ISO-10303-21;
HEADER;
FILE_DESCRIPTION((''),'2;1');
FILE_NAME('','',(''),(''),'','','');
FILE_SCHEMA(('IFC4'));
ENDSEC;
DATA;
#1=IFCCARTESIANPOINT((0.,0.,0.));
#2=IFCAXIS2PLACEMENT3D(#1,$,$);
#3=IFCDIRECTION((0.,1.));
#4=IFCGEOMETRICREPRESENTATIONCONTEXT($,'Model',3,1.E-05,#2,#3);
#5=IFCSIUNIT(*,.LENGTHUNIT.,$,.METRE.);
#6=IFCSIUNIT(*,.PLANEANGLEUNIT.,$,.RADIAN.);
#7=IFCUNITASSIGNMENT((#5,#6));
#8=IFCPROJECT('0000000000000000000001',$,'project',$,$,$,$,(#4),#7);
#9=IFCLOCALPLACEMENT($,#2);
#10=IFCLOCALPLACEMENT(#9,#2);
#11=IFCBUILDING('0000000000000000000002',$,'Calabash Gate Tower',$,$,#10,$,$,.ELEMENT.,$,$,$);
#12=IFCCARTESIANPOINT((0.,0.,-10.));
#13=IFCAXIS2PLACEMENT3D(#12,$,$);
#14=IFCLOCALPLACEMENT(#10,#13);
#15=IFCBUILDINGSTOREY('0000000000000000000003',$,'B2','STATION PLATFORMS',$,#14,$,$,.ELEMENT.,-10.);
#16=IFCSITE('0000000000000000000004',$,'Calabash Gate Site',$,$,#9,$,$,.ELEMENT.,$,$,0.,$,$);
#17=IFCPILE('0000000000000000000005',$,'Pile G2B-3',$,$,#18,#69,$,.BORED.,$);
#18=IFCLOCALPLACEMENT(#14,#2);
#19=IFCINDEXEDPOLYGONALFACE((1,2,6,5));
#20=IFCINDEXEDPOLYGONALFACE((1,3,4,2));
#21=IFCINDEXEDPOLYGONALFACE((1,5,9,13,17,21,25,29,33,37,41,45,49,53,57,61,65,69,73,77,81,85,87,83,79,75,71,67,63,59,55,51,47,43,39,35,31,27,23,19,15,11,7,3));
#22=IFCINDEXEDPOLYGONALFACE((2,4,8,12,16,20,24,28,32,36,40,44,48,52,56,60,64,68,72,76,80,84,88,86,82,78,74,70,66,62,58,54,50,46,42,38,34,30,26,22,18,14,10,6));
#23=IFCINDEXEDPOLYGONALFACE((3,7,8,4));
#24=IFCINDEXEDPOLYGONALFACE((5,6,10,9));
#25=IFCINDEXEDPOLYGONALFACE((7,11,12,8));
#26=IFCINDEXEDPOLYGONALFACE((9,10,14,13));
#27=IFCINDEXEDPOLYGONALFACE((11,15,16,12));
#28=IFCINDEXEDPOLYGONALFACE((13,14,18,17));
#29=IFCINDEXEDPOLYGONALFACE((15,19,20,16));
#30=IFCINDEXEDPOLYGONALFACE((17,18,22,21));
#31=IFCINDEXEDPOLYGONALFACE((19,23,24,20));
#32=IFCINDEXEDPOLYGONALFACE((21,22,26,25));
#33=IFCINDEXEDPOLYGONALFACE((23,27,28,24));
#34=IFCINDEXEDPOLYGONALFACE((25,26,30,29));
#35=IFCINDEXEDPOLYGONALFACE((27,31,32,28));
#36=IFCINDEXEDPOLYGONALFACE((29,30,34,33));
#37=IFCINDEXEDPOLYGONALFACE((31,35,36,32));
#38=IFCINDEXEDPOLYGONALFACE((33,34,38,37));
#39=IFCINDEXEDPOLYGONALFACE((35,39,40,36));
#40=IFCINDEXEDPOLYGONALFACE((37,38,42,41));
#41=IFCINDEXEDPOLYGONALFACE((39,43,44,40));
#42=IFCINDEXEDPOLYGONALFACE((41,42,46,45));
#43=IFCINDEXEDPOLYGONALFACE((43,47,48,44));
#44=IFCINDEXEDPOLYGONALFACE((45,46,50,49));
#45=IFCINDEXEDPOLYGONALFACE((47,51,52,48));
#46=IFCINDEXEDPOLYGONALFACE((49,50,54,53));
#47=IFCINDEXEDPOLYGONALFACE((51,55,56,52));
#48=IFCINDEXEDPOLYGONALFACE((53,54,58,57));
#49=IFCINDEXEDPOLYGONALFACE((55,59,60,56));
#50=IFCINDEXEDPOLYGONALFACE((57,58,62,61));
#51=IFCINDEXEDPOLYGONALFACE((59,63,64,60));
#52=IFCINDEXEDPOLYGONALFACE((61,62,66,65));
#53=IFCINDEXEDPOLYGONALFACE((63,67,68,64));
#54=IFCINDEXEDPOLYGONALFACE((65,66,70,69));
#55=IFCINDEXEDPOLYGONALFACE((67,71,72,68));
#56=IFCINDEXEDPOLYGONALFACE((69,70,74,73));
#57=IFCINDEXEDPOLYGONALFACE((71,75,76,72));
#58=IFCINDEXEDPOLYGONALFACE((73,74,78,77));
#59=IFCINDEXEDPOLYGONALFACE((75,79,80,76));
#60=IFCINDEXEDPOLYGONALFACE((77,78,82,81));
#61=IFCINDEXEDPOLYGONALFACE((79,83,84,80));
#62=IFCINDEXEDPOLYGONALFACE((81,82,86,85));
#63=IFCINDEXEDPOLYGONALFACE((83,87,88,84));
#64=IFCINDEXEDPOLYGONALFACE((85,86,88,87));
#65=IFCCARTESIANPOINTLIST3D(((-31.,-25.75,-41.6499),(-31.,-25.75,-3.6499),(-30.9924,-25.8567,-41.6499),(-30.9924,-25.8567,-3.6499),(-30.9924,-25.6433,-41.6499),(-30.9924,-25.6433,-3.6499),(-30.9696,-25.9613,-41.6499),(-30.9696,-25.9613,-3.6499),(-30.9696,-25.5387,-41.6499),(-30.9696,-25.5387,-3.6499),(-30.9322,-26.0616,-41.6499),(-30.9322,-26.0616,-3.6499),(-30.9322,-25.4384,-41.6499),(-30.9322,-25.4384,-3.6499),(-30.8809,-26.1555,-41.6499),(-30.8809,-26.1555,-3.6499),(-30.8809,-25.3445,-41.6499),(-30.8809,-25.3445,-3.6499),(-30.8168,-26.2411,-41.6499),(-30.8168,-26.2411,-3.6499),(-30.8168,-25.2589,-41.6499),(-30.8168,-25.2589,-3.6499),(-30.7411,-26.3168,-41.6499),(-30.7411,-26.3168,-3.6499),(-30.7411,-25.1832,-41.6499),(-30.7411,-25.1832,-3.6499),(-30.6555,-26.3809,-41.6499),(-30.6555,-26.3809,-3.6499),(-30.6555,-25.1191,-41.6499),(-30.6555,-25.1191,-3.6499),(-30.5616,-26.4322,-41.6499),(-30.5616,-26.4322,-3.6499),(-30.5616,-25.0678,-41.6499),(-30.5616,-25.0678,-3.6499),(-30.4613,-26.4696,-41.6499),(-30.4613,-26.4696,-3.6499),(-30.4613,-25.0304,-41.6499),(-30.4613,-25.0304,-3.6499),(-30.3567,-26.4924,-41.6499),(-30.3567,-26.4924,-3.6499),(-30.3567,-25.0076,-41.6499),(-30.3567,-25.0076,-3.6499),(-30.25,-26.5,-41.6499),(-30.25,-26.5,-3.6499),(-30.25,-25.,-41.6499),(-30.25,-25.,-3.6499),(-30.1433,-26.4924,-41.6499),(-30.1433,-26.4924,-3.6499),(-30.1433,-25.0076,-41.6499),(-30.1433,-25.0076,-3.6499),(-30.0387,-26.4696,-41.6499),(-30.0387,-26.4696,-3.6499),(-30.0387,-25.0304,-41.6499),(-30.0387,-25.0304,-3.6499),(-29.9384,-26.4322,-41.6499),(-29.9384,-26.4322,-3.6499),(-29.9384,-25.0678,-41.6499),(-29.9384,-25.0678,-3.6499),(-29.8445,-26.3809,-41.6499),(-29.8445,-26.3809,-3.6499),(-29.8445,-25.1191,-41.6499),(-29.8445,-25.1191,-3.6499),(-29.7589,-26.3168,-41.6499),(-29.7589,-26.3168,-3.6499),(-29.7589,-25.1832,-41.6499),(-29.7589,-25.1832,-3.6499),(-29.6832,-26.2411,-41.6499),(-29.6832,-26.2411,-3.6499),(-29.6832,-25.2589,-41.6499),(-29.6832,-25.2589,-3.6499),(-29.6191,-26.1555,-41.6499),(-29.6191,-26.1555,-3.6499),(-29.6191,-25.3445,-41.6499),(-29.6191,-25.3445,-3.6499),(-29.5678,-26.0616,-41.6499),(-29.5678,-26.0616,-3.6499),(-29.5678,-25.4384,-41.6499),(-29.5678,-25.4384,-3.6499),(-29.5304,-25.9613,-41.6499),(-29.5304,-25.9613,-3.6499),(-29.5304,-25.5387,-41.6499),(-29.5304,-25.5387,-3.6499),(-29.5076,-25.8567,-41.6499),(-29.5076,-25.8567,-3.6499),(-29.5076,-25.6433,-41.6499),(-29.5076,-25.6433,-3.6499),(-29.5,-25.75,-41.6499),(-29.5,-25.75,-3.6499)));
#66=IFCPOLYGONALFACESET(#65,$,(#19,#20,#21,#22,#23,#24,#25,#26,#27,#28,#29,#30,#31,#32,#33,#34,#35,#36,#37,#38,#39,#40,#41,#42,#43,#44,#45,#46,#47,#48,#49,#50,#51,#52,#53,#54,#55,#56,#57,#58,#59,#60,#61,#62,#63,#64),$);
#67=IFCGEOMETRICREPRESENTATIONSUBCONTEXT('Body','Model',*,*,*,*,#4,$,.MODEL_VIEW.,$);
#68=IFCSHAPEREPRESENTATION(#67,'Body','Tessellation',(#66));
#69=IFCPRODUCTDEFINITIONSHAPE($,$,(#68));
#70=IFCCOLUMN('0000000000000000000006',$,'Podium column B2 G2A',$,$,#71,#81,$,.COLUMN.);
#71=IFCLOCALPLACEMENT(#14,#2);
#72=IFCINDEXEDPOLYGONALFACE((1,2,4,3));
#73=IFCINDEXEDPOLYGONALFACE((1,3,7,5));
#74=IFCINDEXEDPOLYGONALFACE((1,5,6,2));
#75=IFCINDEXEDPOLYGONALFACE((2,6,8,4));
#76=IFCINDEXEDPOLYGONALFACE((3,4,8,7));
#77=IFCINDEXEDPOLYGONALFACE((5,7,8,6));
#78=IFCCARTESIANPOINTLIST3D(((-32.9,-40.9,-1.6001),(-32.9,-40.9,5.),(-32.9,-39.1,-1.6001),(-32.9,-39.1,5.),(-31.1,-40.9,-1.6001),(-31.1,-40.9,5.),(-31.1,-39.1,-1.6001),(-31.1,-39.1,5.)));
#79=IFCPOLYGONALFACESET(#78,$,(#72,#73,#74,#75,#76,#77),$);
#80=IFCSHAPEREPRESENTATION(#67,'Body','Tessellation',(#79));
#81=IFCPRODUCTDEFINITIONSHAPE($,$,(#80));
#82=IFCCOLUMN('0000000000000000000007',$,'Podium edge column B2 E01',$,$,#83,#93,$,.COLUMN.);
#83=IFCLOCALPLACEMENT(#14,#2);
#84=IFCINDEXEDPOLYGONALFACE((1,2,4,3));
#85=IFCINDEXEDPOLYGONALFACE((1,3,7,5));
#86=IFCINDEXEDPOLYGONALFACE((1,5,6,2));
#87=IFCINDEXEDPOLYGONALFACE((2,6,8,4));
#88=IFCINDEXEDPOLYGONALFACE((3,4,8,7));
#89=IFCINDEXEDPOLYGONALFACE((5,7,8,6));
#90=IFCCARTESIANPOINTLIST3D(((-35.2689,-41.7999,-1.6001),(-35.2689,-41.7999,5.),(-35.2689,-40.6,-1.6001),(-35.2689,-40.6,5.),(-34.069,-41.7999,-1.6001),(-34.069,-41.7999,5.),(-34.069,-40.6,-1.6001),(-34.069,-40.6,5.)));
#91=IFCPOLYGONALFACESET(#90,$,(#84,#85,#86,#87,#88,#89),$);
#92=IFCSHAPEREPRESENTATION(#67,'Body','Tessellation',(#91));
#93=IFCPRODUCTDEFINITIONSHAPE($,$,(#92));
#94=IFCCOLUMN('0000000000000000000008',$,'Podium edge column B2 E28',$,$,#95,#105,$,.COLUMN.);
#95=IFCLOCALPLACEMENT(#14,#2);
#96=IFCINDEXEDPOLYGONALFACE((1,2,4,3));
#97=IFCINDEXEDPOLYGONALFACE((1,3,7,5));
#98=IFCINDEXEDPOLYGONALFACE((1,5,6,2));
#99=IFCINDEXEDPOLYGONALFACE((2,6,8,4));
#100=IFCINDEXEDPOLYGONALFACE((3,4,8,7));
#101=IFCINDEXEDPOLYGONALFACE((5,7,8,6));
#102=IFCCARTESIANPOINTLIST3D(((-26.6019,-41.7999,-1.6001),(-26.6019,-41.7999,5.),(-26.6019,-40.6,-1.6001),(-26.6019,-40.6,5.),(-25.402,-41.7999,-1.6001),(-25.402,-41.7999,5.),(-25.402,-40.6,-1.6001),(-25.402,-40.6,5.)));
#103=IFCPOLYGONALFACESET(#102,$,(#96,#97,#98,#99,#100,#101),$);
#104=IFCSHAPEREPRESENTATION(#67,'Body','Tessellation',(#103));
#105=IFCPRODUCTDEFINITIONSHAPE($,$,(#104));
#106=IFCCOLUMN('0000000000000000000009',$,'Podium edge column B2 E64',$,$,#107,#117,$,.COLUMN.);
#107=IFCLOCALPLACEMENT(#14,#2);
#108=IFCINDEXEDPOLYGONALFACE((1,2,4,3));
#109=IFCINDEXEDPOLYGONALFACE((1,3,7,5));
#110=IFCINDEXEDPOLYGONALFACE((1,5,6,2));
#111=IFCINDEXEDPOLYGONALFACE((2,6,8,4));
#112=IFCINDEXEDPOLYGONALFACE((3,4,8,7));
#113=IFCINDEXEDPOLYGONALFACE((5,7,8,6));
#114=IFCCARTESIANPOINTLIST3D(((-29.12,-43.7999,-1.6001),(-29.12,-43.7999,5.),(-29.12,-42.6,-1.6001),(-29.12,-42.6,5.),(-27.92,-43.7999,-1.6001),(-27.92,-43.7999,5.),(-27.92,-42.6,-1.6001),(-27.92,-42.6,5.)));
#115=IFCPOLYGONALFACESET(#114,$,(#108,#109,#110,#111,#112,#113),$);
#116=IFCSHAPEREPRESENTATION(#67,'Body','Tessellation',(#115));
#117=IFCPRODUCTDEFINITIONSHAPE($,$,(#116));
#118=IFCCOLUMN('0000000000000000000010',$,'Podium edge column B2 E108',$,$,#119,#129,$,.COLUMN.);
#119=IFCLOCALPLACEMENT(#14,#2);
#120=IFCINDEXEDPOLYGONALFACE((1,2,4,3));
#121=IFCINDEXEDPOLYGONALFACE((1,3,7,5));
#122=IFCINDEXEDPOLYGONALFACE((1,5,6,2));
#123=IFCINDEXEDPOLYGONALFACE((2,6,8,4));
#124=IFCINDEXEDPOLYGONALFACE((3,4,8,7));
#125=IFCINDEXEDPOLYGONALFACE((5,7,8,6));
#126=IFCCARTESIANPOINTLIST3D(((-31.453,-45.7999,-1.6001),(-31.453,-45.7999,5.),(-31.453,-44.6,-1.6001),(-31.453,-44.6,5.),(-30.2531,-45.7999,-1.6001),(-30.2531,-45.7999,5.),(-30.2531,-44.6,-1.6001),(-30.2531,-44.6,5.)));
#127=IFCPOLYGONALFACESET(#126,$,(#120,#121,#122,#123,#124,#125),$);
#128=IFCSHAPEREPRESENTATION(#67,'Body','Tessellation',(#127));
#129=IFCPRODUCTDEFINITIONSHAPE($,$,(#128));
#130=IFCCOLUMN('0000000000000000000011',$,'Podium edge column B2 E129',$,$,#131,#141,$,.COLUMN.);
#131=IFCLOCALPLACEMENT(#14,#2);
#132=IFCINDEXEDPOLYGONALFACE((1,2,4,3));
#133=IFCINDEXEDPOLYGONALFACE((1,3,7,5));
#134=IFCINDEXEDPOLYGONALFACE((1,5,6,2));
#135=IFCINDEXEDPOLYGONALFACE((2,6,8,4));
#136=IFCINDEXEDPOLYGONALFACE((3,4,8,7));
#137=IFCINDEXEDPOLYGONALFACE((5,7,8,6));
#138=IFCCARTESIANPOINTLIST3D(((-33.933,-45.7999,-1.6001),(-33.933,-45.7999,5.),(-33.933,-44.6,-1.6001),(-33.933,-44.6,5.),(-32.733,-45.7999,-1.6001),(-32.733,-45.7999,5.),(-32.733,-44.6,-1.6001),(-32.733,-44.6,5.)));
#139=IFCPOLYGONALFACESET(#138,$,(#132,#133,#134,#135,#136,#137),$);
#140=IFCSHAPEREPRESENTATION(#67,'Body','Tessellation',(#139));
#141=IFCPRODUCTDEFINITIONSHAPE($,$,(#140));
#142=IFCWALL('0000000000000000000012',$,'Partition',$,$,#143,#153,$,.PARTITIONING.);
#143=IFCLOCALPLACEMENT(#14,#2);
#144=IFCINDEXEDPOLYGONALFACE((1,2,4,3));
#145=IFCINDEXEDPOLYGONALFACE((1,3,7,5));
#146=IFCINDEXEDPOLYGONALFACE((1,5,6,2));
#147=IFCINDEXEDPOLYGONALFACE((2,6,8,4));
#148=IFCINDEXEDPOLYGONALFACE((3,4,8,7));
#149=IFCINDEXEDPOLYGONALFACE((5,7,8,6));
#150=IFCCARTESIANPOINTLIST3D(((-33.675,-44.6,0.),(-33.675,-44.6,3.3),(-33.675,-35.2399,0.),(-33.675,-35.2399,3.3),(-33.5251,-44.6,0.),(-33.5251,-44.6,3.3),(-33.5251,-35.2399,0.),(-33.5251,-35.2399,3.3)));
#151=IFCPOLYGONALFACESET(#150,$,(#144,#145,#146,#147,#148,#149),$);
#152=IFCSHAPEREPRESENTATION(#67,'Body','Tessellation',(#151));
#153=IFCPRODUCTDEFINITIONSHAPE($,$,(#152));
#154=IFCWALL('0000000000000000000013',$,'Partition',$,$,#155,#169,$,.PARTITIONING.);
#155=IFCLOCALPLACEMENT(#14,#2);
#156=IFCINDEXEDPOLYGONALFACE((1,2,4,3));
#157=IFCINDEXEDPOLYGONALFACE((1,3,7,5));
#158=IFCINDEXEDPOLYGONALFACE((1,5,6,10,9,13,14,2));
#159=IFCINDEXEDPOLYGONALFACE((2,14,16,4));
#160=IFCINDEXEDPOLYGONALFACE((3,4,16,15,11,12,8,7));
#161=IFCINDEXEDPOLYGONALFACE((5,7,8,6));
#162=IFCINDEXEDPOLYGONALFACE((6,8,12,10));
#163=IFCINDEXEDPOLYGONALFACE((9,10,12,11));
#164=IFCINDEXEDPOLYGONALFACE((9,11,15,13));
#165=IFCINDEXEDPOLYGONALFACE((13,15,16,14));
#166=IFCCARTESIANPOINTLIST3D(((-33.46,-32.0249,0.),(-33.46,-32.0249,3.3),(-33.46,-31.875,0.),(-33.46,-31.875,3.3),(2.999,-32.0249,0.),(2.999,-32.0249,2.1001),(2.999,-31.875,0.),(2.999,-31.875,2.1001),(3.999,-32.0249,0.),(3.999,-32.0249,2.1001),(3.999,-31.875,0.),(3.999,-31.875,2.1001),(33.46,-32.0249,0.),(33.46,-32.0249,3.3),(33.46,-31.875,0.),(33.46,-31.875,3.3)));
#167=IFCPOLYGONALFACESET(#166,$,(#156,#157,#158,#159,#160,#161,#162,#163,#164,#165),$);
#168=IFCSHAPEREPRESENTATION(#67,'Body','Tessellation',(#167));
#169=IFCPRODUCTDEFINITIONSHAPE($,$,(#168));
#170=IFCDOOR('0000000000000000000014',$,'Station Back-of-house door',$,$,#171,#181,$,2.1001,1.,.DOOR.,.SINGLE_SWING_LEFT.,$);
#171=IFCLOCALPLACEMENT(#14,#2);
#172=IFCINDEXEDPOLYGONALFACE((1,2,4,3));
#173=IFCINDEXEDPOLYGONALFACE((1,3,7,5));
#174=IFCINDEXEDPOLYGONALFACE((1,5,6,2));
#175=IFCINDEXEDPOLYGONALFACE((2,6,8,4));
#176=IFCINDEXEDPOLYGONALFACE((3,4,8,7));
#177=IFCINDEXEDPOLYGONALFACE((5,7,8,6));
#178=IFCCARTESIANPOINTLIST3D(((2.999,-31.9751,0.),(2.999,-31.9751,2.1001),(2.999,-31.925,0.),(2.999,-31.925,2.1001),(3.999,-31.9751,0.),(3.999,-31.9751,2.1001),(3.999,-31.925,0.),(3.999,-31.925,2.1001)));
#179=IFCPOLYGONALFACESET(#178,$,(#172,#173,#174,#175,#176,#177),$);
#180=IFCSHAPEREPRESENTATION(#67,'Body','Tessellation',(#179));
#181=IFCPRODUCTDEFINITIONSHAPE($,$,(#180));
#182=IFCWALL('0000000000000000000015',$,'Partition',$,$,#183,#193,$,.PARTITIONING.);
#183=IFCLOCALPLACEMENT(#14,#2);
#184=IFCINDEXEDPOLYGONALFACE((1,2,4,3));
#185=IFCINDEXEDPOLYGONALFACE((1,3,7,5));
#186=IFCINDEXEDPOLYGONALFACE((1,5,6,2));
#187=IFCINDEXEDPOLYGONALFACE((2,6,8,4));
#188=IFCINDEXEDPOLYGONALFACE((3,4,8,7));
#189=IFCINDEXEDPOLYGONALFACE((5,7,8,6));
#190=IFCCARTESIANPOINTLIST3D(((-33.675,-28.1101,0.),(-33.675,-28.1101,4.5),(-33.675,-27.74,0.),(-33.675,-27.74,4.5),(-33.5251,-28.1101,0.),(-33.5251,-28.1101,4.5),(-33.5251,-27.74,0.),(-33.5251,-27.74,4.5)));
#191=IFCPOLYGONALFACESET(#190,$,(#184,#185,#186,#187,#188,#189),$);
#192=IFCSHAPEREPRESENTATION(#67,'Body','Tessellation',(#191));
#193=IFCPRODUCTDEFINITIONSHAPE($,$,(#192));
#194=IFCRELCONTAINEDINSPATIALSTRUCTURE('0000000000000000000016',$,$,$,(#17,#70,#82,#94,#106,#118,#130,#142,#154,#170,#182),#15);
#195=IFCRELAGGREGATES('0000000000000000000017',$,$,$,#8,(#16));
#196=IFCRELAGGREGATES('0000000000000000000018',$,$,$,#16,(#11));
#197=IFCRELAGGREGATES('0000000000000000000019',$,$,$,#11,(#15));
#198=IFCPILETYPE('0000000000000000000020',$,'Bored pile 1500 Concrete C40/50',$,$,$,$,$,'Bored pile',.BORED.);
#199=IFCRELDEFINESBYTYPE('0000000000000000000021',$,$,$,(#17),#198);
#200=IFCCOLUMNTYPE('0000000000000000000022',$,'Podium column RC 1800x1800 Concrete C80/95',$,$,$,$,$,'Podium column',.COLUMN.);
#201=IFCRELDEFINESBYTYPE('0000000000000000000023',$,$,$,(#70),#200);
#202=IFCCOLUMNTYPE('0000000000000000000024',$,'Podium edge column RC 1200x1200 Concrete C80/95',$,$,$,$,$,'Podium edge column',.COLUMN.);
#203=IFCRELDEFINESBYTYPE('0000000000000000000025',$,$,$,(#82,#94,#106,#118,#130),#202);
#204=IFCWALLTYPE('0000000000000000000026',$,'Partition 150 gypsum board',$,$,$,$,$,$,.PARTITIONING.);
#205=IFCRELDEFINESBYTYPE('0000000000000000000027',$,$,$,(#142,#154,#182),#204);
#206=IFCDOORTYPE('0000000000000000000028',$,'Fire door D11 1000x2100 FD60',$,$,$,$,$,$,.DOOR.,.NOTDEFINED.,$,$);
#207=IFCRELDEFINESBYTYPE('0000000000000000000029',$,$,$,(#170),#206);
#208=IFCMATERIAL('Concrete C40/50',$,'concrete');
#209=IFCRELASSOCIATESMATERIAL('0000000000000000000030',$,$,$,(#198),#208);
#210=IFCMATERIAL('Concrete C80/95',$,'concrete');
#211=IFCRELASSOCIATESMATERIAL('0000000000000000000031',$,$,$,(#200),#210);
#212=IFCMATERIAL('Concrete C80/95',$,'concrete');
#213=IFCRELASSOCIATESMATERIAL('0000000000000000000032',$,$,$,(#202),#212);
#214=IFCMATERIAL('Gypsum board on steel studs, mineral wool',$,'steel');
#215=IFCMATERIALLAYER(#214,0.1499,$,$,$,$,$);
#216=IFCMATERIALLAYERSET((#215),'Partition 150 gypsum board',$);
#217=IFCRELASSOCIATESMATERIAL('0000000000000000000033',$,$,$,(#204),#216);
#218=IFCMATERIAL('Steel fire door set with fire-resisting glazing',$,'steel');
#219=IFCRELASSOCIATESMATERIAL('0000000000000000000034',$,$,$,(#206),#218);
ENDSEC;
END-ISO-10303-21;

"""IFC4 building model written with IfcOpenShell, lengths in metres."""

from ifc_helpers import new_model, si_unit, direction, frame, frame_2d, origin, origin_2d, place, context, subcontext, project, spatial, rectangle, circle, extrude, material, layer, layer_set, material_profile, profile_set, type_object, element, fill, save


model = new_model("IFC4")

# Units and contexts
model_context = context("Model", 3, precision=1e-05, world=origin(), true_north=direction((0.0, 1.0)))
body_context = subcontext(model_context, "Body", "Model", "MODEL_VIEW")
ifc_project = project(units=[si_unit("LENGTHUNIT", "METRE"), si_unit("PLANEANGLEUNIT", "RADIAN")], contexts=[model_context])

# Site, building, storey
site_placement = place(None, origin())
site = spatial("IfcSite", under=ifc_project, at=site_placement, Name="Calabash Gate Site", CompositionType="ELEMENT", RefElevation=0.0)
building_placement = place(site_placement, origin())
building = spatial("IfcBuilding", under=site, at=building_placement, Name="Calabash Gate Tower", CompositionType="ELEMENT")
storey_placement = place(building_placement, frame((0.0, 0.0, -10.0)))
storey = spatial("IfcBuildingStorey", under=building, at=storey_placement, Name="B2", Description="STATION PLATFORMS", CompositionType="ELEMENT", Elevation=-10.0)

# Pile
ifc_material_1 = material(Name="Concrete C40/50", Category="concrete")
ifc_material_profile_1 = material_profile(ifc_material_1, circle(Radius=0.75, at=origin_2d()))
ifc_profile_set_1 = profile_set([ifc_material_profile_1], Name="Concrete C40/50")
pile_type = type_object("IfcPileType", Name="Bored pile 1500 Concrete C40/50", ElementType="Bored pile", PredefinedType="BORED", material=ifc_profile_set_1)
for number, where, z_axis, x_axis, name in (
    (1, (-30.25, -25.75, -3.6499), (0.0, 0.0, -1.0), (1.0, 0.0, 0.0), "Pile G2B-3"),
):
    element("IfcPile", number, at=place(storey_placement, frame(where, z_axis=z_axis, x_axis=x_axis)), inside=storey, type_object=pile_type, Name=name, PredefinedType="BORED", context=body_context, shape_type="SweptSolid", body=[
        extrude(circle(Radius=0.75, at=origin_2d()), origin(), (0.0, 0.0, 1.0), 38.0),
    ])

# Columns
ifc_material_2 = material(Name="Concrete C80/95", Category="concrete")
ifc_material_profile_2 = material_profile(ifc_material_2, rectangle(XDim=1.8, YDim=1.8, at=origin_2d()))
ifc_profile_set_2 = profile_set([ifc_material_profile_2], Name="Concrete C80/95")
column_type_1 = type_object("IfcColumnType", Name="Podium column RC 1800x1800 Concrete C80/95", ElementType="Podium column", PredefinedType="COLUMN", material=ifc_profile_set_2)
column_placement = place(storey_placement, frame((-32.0, -40.0, -1.6001), z_axis=(0.0, 0.0, 1.0), x_axis=(1.0, 0.0, 0.0)))
element("IfcColumn", 2, at=column_placement, inside=storey, type_object=column_type_1, Name="Podium column B2 G2A", PredefinedType="COLUMN", context=body_context, shape_type="SweptSolid", body=[
    extrude(rectangle(XDim=1.8, YDim=1.8, at=origin_2d()), origin(), (0.0, 0.0, 1.0), 6.6001),
])
ifc_material_3 = material(Name="Concrete C80/95", Category="concrete")
ifc_material_profile_3 = material_profile(ifc_material_3, rectangle(XDim=1.2, YDim=1.2, at=origin_2d()))
ifc_profile_set_3 = profile_set([ifc_material_profile_3], Name="Concrete C80/95")
column_type_2 = type_object("IfcColumnType", Name="Podium edge column RC 1200x1200 Concrete C80/95", ElementType="Podium edge column", PredefinedType="COLUMN", material=ifc_profile_set_3)
for number, where, z_axis, x_axis, name in (
    (3, (-34.6689, -41.2, -1.6001), (0.0, 0.0, 1.0), (1.0, 0.0, 0.0), "Podium edge column B2 E01"),
    (4, (-26.002, -41.2, -1.6001), (0.0, 0.0, 1.0), (1.0, 0.0, 0.0), "Podium edge column B2 E28"),
    (5, (-28.52, -43.2, -1.6001), (0.0, 0.0, 1.0), (1.0, 0.0, 0.0), "Podium edge column B2 E64"),
    (6, (-30.853, -45.2, -1.6001), (0.0, 0.0, 1.0), (1.0, 0.0, 0.0), "Podium edge column B2 E108"),
    (7, (-33.333, -45.2, -1.6001), (0.0, 0.0, 1.0), (1.0, 0.0, 0.0), "Podium edge column B2 E129"),
):
    element("IfcColumn", number, at=place(storey_placement, frame(where, z_axis=z_axis, x_axis=x_axis)), inside=storey, type_object=column_type_2, Name=name, PredefinedType="COLUMN", context=body_context, shape_type="SweptSolid", body=[
        extrude(rectangle(XDim=1.2, YDim=1.2, at=origin_2d()), origin(), (0.0, 0.0, 1.0), 6.6001),
    ])

# Wall
ifc_material_4 = material(Name="Gypsum board on steel studs, mineral wool", Category="steel")
ifc_layer_1 = layer(ifc_material_4, 0.1499)
ifc_layer_set_1 = layer_set([ifc_layer_1], Name="Partition 150 gypsum board")
wall_type_1 = type_object("IfcWallType", Name="Partition 150 gypsum board", PredefinedType="PARTITIONING", material=ifc_layer_set_1)
wall_1_placement = place(storey_placement, frame((-33.6001, -44.6001, 0.0), z_axis=(0.0, 0.0, 1.0), x_axis=(0.0, 1.0, 0.0)))
element("IfcWall", 8, at=wall_1_placement, inside=storey, type_object=wall_type_1, Name="Partition", PredefinedType="PARTITIONING", context=body_context, shape_type="SweptSolid", body=[
    extrude(rectangle(XDim=9.3601, YDim=0.1499, at=frame_2d((4.6802, 0.0))), origin(), (0.0, 0.0, 1.0), 3.3),
])

# Wall, opening, door
wall_2_placement = place(storey_placement, frame((-33.46, -31.95, 0.0), z_axis=(0.0, 0.0, 1.0), x_axis=(1.0, 0.0, 0.0)))
wall_2 = element("IfcWall", 9, at=wall_2_placement, inside=storey, type_object=wall_type_1, Name="Partition", PredefinedType="PARTITIONING", context=body_context, shape_type="SweptSolid", body=[
    extrude(rectangle(XDim=66.9199, YDim=0.1499, at=frame_2d((33.46, 0.0))), origin(), (0.0, 0.0, 1.0), 3.3),
])
opening_1_placement = place(wall_2_placement, frame((36.459, 0.0, 0.0)))
opening_1 = element("IfcOpeningElement", 10, at=opening_1_placement, cuts=wall_2, PredefinedType="OPENING", context=body_context, shape_type="SweptSolid", body=[
    extrude(rectangle(XDim=1.0, YDim=2.1001, at=frame_2d((0.5, 1.05))), frame((0.0, 0.085, 0.0), z_axis=(0.0, -1.0, 0.0), x_axis=(1.0, 0.0, 0.0)), (0.0, 0.0, 1.0), 0.1699),
])
ifc_material_5 = material(Name="Steel fire door set with fire-resisting glazing", Category="steel")
door_type_1 = type_object("IfcDoorType", Name="Fire door D11 1000x2100 FD60", OperationType="NOTDEFINED", PredefinedType="DOOR", material=ifc_material_5)
door_1_placement = place(opening_1_placement, origin())
door_1 = element("IfcDoor", 11, at=door_1_placement, inside=storey, type_object=door_type_1, Name="Station Back-of-house door", OperationType="SINGLE_SWING_LEFT", OverallHeight=2.1001, OverallWidth=1.0, PredefinedType="DOOR", context=body_context, shape_type="SweptSolid", body=[
    extrude(rectangle(XDim=1.0, YDim=2.1001, at=frame_2d((0.5, 1.05))), frame((0.0, 0.0249, 0.0), z_axis=(0.0, -1.0, 0.0), x_axis=(1.0, 0.0, 0.0)), (0.0, 0.0, 1.0), 0.05),
])
fill(opening_1, door_1)

# Wall
wall_3_placement = place(storey_placement, frame((-33.6001, -28.1101, 0.0), z_axis=(0.0, 0.0, 1.0), x_axis=(0.0, 1.0, 0.0)))
element("IfcWall", 12, at=wall_3_placement, inside=storey, type_object=wall_type_1, Name="Partition", PredefinedType="PARTITIONING", context=body_context, shape_type="SweptSolid", body=[
    extrude(rectangle(XDim=0.3701, YDim=0.1499, at=frame_2d((0.1851, 0.0))), origin(), (0.0, 0.0, 1.0), 4.5),
])

save(model, "model.ifc")
